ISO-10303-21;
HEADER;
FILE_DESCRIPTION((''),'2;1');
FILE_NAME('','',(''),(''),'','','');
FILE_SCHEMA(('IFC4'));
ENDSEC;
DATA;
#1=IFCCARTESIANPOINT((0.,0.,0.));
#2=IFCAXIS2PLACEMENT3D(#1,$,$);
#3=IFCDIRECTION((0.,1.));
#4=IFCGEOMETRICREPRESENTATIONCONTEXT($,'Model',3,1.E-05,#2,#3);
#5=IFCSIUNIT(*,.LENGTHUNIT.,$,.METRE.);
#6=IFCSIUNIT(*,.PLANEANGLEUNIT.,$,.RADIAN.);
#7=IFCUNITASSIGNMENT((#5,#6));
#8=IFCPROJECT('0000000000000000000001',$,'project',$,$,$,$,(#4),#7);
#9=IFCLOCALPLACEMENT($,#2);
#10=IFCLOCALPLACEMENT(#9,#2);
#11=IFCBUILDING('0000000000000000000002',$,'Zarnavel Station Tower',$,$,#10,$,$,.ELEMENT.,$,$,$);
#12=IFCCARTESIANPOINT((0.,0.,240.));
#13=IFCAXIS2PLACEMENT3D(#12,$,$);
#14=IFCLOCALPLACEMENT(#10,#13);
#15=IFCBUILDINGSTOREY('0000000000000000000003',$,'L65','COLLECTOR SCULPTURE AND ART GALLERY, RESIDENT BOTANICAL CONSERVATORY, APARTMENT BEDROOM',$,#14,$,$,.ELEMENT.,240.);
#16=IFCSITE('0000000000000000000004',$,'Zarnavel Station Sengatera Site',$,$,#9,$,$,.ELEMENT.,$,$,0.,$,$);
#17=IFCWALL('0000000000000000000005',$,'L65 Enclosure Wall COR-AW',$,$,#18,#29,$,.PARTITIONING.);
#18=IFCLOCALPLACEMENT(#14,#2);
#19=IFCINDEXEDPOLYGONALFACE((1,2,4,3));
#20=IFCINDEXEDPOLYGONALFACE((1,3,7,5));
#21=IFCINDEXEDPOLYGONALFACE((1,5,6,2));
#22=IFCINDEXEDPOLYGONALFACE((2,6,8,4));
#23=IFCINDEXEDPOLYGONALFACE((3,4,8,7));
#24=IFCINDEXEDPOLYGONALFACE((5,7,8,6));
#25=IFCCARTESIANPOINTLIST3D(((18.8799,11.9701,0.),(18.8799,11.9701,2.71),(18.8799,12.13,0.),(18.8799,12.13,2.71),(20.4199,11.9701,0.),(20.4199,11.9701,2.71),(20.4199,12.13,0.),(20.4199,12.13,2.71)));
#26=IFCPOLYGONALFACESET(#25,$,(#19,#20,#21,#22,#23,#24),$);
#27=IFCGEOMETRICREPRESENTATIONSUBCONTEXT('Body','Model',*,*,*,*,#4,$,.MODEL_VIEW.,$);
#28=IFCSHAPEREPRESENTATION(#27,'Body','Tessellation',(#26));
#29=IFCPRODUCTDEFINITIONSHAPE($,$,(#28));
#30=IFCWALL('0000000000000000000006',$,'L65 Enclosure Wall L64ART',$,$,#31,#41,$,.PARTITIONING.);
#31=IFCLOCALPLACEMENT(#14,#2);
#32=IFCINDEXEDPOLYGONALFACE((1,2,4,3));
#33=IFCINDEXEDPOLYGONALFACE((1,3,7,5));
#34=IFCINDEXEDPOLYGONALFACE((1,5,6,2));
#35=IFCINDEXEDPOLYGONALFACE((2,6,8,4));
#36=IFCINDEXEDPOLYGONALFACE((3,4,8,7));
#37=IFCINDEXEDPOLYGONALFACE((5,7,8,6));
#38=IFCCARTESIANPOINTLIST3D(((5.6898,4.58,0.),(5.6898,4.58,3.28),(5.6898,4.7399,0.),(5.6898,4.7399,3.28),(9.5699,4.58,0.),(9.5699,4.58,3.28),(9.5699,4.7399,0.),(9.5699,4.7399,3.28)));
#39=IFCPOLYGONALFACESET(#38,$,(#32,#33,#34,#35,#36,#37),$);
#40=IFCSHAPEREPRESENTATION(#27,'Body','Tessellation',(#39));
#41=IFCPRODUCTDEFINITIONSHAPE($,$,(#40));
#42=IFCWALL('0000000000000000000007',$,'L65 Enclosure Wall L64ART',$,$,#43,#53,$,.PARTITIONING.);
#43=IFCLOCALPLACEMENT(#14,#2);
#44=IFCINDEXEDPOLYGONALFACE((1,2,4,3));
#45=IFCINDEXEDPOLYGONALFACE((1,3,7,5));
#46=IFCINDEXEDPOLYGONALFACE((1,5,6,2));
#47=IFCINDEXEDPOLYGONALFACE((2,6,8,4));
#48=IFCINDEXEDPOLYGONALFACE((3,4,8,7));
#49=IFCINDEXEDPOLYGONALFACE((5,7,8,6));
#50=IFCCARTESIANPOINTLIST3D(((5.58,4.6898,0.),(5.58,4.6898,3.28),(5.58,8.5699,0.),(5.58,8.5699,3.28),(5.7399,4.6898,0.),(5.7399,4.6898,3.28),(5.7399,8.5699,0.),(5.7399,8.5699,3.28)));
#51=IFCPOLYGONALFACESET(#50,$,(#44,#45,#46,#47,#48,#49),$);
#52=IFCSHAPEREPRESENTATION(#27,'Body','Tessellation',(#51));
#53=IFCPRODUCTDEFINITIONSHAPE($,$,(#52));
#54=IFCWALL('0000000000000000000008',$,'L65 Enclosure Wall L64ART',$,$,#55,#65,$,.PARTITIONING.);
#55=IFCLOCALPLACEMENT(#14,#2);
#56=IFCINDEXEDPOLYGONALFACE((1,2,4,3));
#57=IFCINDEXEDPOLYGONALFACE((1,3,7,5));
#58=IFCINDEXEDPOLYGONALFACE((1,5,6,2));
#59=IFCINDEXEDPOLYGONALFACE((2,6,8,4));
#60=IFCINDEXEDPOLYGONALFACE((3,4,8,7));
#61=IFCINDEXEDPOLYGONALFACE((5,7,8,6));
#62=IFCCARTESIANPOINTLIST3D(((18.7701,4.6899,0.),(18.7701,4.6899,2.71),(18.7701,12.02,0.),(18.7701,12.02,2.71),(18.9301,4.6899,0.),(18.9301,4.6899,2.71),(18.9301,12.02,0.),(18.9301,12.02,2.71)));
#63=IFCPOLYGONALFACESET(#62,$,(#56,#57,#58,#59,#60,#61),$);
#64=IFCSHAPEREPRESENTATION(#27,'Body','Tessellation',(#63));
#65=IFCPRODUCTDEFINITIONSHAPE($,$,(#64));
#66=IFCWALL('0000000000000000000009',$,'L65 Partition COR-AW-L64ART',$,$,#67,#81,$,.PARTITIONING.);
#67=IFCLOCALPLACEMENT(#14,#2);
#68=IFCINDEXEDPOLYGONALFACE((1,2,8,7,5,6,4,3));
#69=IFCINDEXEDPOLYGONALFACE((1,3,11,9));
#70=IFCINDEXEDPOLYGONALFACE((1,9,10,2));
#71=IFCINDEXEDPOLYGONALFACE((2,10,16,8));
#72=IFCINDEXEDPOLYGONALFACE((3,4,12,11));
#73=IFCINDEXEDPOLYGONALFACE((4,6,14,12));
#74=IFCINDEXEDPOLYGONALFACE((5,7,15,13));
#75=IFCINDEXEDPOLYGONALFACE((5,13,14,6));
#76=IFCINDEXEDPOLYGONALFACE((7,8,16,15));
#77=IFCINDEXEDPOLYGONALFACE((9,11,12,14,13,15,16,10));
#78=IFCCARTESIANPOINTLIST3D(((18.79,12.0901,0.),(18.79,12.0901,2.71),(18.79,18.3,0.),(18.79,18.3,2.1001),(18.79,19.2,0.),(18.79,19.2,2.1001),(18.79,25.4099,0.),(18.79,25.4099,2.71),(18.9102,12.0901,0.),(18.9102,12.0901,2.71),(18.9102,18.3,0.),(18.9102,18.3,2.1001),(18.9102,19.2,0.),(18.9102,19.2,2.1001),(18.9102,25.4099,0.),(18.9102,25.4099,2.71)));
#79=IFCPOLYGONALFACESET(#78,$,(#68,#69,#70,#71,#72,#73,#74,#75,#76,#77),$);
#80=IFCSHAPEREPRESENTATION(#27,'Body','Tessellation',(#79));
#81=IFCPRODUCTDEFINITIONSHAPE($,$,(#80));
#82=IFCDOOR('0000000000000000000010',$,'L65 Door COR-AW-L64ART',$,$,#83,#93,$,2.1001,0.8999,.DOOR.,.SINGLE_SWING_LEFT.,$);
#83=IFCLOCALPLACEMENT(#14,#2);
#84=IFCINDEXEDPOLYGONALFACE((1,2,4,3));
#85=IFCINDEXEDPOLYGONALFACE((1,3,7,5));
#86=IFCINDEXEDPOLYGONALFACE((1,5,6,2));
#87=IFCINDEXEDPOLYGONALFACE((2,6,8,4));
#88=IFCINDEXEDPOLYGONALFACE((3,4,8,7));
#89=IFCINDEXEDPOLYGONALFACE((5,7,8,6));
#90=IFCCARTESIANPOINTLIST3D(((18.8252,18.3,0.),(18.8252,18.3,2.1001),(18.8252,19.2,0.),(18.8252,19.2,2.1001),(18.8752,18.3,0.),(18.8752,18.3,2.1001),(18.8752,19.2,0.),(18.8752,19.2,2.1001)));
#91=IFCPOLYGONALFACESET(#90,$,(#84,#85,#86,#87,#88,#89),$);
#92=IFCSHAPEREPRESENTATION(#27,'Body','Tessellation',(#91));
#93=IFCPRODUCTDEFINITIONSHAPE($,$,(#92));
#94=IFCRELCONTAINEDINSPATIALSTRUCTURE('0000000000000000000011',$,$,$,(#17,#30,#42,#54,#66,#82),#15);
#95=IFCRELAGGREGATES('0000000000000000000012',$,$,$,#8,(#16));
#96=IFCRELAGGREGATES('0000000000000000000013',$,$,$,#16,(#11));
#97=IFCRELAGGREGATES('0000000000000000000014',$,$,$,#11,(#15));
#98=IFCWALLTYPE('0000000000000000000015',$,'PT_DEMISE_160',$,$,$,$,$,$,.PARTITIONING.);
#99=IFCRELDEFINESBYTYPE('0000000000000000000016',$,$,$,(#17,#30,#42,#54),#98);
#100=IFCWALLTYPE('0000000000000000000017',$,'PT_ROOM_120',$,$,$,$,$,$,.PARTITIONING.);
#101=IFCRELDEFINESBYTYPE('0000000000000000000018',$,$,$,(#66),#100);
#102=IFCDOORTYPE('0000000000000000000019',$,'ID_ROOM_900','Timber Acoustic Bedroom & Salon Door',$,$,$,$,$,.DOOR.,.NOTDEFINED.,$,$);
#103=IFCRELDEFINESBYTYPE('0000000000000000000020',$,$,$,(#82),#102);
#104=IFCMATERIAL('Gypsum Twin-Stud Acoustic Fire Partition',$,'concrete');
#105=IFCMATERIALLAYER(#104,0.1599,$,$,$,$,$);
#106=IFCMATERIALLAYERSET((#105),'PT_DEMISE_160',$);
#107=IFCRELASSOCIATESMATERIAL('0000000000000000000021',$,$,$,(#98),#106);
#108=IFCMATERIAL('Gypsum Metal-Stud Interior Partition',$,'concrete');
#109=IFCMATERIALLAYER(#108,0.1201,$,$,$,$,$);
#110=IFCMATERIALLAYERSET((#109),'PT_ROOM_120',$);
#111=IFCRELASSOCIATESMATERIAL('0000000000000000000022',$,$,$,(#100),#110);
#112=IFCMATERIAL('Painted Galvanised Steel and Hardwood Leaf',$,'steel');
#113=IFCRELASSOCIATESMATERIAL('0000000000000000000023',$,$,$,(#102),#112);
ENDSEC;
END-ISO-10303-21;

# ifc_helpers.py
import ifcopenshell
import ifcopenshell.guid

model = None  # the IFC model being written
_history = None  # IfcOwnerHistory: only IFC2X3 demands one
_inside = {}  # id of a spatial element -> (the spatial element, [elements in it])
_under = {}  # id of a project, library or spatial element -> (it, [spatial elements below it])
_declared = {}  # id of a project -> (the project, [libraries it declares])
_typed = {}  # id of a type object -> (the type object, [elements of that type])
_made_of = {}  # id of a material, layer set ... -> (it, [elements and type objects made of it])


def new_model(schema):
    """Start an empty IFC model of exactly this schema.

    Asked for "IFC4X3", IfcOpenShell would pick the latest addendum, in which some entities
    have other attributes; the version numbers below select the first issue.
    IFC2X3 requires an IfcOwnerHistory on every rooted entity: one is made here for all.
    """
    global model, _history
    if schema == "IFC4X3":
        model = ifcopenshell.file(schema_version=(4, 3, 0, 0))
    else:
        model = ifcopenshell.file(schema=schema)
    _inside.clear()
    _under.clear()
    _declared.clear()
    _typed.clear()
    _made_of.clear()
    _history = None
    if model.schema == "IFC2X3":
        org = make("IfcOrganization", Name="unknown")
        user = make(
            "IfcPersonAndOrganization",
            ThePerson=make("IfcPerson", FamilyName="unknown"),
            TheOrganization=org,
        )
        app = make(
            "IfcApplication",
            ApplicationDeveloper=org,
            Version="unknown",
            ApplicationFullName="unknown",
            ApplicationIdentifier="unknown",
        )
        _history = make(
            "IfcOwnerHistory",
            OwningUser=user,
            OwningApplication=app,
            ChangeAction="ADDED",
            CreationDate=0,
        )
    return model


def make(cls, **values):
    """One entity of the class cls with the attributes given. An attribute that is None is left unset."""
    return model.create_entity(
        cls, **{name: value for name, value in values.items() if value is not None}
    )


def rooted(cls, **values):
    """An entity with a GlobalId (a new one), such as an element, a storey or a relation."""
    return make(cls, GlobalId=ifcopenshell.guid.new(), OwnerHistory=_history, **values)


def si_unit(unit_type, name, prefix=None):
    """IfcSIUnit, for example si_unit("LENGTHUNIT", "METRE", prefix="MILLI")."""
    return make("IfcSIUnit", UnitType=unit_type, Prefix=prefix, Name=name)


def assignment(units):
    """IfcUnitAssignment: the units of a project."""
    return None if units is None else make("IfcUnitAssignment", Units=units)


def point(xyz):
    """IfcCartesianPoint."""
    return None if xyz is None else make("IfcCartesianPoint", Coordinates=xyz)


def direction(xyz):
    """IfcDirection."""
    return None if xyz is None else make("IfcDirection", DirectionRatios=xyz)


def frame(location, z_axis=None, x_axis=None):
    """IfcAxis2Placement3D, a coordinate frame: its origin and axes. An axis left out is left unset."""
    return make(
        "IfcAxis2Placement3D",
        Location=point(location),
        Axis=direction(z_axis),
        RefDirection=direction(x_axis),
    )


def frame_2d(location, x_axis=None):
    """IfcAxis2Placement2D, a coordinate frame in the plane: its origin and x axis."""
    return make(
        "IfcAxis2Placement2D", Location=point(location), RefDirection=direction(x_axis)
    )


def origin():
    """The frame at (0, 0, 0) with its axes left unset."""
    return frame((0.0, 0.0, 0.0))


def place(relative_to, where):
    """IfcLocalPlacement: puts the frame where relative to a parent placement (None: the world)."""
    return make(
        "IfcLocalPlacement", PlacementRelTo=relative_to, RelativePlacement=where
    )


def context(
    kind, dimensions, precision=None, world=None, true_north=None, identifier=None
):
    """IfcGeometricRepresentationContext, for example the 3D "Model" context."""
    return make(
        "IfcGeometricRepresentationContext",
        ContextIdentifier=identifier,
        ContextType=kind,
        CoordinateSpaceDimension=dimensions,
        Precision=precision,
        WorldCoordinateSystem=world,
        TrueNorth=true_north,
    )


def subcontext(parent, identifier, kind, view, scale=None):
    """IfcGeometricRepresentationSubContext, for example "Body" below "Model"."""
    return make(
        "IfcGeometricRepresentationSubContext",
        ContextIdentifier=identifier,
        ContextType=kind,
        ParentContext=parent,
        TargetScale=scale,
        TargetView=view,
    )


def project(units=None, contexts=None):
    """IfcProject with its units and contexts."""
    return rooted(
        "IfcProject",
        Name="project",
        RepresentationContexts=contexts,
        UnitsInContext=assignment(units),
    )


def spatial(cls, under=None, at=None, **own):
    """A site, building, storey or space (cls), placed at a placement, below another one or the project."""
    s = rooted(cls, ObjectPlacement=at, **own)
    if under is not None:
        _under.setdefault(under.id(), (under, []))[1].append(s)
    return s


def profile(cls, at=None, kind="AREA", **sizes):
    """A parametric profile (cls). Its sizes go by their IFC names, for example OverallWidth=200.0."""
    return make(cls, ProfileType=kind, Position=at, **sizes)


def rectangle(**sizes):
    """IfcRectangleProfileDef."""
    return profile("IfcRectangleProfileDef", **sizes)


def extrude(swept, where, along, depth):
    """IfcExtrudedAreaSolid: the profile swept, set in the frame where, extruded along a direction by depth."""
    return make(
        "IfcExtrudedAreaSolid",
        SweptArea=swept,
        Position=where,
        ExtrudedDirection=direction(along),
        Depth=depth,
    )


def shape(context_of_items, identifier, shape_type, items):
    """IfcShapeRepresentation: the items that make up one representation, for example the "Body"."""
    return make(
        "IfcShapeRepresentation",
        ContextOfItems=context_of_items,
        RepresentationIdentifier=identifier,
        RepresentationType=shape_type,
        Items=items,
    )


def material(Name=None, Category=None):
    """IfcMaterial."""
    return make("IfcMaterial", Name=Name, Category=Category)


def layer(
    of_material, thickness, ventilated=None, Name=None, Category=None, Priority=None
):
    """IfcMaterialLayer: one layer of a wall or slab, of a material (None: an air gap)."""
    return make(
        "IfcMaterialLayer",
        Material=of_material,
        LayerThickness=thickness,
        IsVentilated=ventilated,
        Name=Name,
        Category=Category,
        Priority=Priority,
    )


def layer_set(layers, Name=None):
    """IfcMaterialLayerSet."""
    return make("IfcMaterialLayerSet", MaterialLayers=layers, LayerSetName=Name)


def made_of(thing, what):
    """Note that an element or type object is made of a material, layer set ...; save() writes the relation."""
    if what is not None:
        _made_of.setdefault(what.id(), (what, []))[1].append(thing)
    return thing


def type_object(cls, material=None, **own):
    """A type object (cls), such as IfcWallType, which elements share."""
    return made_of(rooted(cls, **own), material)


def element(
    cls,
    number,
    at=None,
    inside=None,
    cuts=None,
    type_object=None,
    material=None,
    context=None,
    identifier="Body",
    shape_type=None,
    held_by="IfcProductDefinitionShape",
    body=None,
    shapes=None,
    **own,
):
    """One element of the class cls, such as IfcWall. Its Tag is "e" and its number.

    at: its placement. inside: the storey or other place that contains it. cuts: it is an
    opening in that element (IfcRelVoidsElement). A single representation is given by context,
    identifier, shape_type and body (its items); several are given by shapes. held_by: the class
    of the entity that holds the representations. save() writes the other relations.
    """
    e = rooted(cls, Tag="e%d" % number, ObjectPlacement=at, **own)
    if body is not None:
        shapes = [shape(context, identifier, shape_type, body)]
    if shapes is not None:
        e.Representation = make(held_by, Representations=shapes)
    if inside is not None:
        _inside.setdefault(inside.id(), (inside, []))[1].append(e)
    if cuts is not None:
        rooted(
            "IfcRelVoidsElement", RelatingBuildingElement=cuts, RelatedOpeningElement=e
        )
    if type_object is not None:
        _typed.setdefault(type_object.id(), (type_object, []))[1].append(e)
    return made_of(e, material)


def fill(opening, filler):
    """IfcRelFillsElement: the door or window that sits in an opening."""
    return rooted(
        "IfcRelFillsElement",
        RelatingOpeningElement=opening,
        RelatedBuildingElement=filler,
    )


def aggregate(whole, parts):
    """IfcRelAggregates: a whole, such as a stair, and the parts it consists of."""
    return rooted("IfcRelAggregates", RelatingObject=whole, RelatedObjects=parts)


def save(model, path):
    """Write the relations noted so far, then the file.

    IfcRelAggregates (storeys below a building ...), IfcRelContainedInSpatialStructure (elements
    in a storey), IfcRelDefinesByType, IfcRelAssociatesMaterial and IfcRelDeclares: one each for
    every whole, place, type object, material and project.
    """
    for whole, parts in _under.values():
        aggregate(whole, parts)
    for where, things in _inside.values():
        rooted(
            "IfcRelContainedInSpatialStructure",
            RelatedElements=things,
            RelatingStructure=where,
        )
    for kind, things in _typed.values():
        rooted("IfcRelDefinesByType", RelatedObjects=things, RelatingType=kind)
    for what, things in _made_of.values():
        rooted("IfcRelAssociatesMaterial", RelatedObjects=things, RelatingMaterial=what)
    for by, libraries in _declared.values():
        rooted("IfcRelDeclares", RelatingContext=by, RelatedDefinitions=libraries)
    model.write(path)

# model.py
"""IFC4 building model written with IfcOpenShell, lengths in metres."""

from ifc_helpers import new_model, si_unit, direction, frame, frame_2d, origin, place, context, subcontext, project, spatial, rectangle, extrude, material, layer, layer_set, type_object, element, fill, save


model = new_model("IFC4")

# Units and contexts
model_context = context("Model", 3, precision=1e-05, world=origin(), true_north=direction((0.0, 1.0)))
body_context = subcontext(model_context, "Body", "Model", "MODEL_VIEW")
ifc_project = project(units=[si_unit("LENGTHUNIT", "METRE"), si_unit("PLANEANGLEUNIT", "RADIAN")], contexts=[model_context])

# Site, building, storey
site_placement = place(None, origin())
site = spatial("IfcSite", under=ifc_project, at=site_placement, Name="Zarnavel Station Sengatera Site", CompositionType="ELEMENT", RefElevation=0.0)
building_placement = place(site_placement, origin())
building = spatial("IfcBuilding", under=site, at=building_placement, Name="Zarnavel Station Tower", CompositionType="ELEMENT")
storey_placement = place(building_placement, frame((0.0, 0.0, 240.0)))
storey = spatial("IfcBuildingStorey", under=building, at=storey_placement, Name="L65", Description="COLLECTOR SCULPTURE AND ART GALLERY, RESIDENT BOTANICAL CONSERVATORY, APARTMENT BEDROOM", CompositionType="ELEMENT", Elevation=240.0)

# Walls
ifc_material_1 = material(Name="Gypsum Twin-Stud Acoustic Fire Partition", Category="concrete")
ifc_layer_1 = layer(ifc_material_1, 0.1599)
ifc_layer_set_1 = layer_set([ifc_layer_1], Name="PT_DEMISE_160")
wall_type_1 = type_object("IfcWallType", Name="PT_DEMISE_160", PredefinedType="PARTITIONING", material=ifc_layer_set_1)
wall_1_placement = place(storey_placement, frame((18.8799, 12.05, 0.0), z_axis=(0.0, 0.0, 1.0), x_axis=(1.0, 0.0, 0.0)))
element("IfcWall", 1, at=wall_1_placement, inside=storey, type_object=wall_type_1, Name="L65 Enclosure Wall COR-AW", PredefinedType="PARTITIONING", context=body_context, shape_type="SweptSolid", body=[
    extrude(rectangle(XDim=1.54, YDim=0.1599, at=frame_2d((0.77, 0.0))), origin(), (0.0, 0.0, 1.0), 2.71),
])
for number, where, z_axis, x_axis, name in (
    (2, (5.6899, 4.6599, 0.0), (0.0, 0.0, 1.0), (1.0, 0.0, 0.0), "L65 Enclosure Wall L64ART"),
    (3, (5.6599, 4.6899, 0.0), (0.0, 0.0, 1.0), (0.0, 1.0, 0.0), "L65 Enclosure Wall L64ART"),
):
    element("IfcWall", number, at=place(storey_placement, frame(where, z_axis=z_axis, x_axis=x_axis)), inside=storey, type_object=wall_type_1, Name=name, PredefinedType="PARTITIONING", context=body_context, shape_type="SweptSolid", body=[
        extrude(rectangle(XDim=3.8801, YDim=0.1599, at=frame_2d((1.9399, 0.0))), origin(), (0.0, 0.0, 1.0), 3.28),
    ])
wall_2_placement = place(storey_placement, frame((18.8501, 4.6899, 0.0), z_axis=(0.0, 0.0, 1.0), x_axis=(0.0, 1.0, 0.0)))
element("IfcWall", 4, at=wall_2_placement, inside=storey, type_object=wall_type_1, Name="L65 Enclosure Wall L64ART", PredefinedType="PARTITIONING", context=body_context, shape_type="SweptSolid", body=[
    extrude(rectangle(XDim=7.3301, YDim=0.1599, at=frame_2d((3.665, 0.0))), origin(), (0.0, 0.0, 1.0), 2.71),
])

# Wall, opening, door
ifc_material_2 = material(Name="Gypsum Metal-Stud Interior Partition", Category="concrete")
ifc_layer_2 = layer(ifc_material_2, 0.1201)
ifc_layer_set_2 = layer_set([ifc_layer_2], Name="PT_ROOM_120")
wall_type_2 = type_object("IfcWallType", Name="PT_ROOM_120", PredefinedType="PARTITIONING", material=ifc_layer_set_2)
wall_3_placement = place(storey_placement, frame((18.8501, 12.0901, 0.0), z_axis=(0.0, 0.0, 1.0), x_axis=(0.0, 1.0, 0.0)))
wall_3 = element("IfcWall", 5, at=wall_3_placement, inside=storey, type_object=wall_type_2, Name="L65 Partition COR-AW-L64ART", PredefinedType="PARTITIONING", context=body_context, shape_type="SweptSolid", body=[
    extrude(rectangle(XDim=13.3198, YDim=0.1201, at=frame_2d((6.6599, 0.0))), origin(), (0.0, 0.0, 1.0), 2.71),
])
opening_placement = place(wall_3_placement, frame((6.21, 0.0, 0.0)))
opening = element("IfcOpeningElement", 6, at=opening_placement, cuts=wall_3, PredefinedType="OPENING", context=body_context, shape_type="SweptSolid", body=[
    extrude(rectangle(XDim=0.8999, YDim=2.1001, at=frame_2d((0.45, 1.05))), frame((0.0, 0.0701, 0.0), z_axis=(0.0, -1.0, 0.0), x_axis=(1.0, 0.0, 0.0)), (0.0, 0.0, 1.0), 0.1401),
])
ifc_material_3 = material(Name="Painted Galvanised Steel and Hardwood Leaf", Category="steel")
door_type = type_object("IfcDoorType", Name="ID_ROOM_900", Description="Timber Acoustic Bedroom & Salon Door", OperationType="NOTDEFINED", PredefinedType="DOOR", material=ifc_material_3)
door_placement = place(opening_placement, origin())
door = element("IfcDoor", 7, at=door_placement, inside=storey, type_object=door_type, Name="L65 Door COR-AW-L64ART", OperationType="SINGLE_SWING_LEFT", OverallHeight=2.1001, OverallWidth=0.8999, PredefinedType="DOOR", context=body_context, shape_type="SweptSolid", body=[
    extrude(rectangle(XDim=0.8999, YDim=2.1001, at=frame_2d((0.45, 1.05))), frame((0.0, 0.0249, 0.0), z_axis=(0.0, -1.0, 0.0), x_axis=(1.0, 0.0, 0.0)), (0.0, 0.0, 1.0), 0.05),
])
fill(opening, door)

save(model, "model.ifc")
